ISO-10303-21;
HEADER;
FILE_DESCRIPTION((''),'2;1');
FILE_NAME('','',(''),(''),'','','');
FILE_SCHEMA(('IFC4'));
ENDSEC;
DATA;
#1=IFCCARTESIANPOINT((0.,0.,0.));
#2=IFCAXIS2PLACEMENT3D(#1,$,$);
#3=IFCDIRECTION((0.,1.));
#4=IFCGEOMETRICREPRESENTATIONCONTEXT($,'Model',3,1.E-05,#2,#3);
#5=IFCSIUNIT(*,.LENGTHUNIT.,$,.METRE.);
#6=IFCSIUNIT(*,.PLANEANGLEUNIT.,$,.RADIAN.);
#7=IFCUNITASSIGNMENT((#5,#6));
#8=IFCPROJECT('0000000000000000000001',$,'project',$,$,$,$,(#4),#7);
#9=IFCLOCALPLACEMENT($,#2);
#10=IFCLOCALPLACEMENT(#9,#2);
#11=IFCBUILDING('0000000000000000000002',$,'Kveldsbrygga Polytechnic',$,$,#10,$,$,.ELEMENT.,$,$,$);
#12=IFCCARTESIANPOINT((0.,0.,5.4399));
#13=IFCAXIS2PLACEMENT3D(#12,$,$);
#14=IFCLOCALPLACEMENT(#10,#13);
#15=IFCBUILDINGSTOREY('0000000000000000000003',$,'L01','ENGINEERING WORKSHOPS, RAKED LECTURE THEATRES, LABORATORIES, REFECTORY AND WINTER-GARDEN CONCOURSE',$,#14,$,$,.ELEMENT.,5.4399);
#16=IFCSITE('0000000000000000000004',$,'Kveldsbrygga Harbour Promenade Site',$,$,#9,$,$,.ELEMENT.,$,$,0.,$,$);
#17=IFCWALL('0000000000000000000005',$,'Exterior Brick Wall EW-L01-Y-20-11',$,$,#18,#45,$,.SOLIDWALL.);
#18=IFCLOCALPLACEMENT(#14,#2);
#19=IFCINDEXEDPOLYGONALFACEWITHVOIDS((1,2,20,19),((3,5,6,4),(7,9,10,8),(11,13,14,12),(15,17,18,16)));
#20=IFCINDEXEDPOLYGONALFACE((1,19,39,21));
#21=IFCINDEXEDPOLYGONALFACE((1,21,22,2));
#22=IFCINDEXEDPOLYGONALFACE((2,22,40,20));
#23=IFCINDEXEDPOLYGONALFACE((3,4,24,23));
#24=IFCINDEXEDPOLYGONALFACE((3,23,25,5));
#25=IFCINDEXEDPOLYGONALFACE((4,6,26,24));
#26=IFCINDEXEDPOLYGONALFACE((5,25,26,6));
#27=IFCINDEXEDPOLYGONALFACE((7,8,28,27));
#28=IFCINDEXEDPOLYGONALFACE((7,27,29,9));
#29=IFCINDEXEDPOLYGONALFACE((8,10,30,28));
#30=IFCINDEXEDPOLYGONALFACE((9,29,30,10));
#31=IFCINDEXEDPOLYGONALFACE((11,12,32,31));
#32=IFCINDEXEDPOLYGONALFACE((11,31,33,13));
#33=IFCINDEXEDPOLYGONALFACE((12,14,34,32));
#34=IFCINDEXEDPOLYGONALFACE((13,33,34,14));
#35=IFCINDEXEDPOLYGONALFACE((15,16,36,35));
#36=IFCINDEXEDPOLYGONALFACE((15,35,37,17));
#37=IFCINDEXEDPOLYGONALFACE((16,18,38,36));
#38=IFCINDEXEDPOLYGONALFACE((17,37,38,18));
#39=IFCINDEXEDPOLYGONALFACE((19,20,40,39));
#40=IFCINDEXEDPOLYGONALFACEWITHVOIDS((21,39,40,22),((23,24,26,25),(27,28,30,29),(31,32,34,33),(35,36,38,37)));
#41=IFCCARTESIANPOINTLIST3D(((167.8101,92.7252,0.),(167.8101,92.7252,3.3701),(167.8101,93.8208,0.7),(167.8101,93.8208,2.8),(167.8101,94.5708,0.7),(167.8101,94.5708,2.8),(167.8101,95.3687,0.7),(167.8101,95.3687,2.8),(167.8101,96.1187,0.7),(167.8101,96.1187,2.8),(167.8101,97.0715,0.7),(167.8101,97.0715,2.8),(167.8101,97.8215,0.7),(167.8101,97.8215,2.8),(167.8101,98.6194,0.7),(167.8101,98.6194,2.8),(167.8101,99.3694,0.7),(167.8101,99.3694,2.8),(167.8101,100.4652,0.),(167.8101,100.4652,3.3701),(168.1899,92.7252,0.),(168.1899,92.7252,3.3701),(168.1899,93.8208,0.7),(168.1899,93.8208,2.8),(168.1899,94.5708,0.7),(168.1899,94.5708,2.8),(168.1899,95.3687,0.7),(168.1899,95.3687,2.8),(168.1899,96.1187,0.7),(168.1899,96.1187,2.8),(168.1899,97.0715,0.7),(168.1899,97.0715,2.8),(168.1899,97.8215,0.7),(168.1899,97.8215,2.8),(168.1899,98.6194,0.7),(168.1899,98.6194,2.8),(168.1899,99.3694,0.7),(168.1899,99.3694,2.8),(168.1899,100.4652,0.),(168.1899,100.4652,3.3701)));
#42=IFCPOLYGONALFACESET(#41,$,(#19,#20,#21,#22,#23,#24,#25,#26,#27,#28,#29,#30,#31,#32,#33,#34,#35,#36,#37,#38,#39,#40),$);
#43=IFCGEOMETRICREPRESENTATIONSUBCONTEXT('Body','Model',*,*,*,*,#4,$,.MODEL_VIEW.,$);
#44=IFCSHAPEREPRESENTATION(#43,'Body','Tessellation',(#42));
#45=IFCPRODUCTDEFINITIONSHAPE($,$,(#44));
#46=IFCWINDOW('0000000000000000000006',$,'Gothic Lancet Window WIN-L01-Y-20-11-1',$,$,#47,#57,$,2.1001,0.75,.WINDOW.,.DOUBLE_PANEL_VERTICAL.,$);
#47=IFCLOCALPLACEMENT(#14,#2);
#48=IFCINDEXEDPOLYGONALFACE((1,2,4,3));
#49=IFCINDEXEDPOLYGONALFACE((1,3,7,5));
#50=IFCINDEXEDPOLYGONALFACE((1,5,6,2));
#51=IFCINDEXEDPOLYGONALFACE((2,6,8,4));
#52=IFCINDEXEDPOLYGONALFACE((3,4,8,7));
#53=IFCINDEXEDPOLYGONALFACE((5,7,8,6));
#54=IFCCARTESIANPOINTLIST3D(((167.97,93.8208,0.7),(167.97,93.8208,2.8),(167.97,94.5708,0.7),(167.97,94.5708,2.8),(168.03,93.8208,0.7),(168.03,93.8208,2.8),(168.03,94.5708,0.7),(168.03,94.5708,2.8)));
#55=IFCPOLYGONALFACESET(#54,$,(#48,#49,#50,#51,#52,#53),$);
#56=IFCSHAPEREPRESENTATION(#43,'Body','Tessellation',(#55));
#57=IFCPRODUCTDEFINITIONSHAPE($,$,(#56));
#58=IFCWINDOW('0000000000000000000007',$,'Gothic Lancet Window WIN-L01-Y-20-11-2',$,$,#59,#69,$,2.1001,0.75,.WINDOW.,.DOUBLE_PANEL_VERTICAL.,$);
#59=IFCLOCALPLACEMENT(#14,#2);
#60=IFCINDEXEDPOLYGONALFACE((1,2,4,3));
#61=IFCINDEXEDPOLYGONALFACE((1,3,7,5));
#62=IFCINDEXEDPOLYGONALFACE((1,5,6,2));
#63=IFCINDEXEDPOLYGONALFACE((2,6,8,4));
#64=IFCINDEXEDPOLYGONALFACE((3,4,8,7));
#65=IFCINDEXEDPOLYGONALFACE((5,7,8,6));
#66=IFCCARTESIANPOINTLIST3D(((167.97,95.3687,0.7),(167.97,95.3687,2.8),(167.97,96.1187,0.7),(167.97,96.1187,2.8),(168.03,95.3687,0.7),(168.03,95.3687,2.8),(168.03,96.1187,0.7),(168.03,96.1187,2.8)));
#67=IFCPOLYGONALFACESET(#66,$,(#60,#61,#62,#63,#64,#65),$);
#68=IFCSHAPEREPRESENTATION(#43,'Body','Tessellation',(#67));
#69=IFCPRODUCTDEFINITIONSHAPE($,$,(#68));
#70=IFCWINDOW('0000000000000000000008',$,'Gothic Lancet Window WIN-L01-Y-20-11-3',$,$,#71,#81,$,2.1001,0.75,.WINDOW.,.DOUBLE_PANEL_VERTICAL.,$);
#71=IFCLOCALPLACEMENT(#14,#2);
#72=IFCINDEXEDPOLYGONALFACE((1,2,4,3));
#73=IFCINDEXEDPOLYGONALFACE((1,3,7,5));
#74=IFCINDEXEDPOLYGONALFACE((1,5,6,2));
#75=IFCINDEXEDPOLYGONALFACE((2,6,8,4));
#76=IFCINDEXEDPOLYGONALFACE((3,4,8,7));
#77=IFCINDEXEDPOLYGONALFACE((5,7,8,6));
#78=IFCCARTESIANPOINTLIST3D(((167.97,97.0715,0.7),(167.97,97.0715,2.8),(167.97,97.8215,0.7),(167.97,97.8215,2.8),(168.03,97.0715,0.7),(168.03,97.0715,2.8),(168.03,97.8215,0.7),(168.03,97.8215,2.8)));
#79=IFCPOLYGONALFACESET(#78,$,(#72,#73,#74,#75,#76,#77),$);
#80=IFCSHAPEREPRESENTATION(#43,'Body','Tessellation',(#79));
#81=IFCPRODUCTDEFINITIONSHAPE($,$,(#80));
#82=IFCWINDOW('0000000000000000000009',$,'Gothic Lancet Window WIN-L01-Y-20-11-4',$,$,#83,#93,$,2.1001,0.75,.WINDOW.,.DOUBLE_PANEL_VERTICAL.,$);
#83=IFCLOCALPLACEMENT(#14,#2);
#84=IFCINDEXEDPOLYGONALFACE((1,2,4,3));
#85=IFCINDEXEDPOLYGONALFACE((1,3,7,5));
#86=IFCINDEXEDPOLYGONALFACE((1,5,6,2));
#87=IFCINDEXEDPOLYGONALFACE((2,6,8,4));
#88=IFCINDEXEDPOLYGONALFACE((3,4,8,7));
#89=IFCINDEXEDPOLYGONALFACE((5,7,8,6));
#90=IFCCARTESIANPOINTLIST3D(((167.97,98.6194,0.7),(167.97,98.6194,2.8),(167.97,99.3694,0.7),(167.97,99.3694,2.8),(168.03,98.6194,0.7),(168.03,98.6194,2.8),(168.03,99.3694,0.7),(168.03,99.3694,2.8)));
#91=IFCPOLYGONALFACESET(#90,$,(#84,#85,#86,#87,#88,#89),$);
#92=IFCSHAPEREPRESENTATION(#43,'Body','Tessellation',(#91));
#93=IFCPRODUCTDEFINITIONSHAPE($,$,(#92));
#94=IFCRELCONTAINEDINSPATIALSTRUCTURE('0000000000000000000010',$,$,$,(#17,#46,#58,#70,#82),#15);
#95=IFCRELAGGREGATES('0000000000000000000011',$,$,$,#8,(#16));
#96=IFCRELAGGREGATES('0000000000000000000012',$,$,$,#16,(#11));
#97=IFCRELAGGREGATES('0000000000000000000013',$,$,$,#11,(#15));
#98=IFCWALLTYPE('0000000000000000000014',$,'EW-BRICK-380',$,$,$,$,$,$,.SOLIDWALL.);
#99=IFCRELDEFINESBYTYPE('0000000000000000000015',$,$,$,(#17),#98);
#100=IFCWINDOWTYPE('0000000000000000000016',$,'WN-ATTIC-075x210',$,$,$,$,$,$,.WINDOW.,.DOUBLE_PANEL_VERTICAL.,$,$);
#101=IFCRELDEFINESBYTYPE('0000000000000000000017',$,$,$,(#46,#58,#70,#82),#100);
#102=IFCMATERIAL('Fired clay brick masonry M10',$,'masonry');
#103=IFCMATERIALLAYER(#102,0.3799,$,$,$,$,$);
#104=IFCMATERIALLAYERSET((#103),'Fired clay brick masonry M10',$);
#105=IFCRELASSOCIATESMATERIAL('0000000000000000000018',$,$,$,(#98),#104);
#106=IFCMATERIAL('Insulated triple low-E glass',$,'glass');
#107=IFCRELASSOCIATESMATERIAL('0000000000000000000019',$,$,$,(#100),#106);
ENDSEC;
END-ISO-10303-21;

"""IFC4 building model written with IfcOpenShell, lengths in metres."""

from ifc_helpers import new_model, si_unit, direction, frame, frame_2d, origin, place, context, subcontext, project, spatial, rectangle, extrude, material, layer, layer_set, type_object, element, fill, save


model = new_model("IFC4")

# Units and contexts
model_context = context("Model", 3, precision=1e-05, world=origin(), true_north=direction((0.0, 1.0)))
body_context = subcontext(model_context, "Body", "Model", "MODEL_VIEW")
ifc_project = project(units=[si_unit("LENGTHUNIT", "METRE"), si_unit("PLANEANGLEUNIT", "RADIAN")], contexts=[model_context])

# Site, building, storey
site_placement = place(None, origin())
site = spatial("IfcSite", under=ifc_project, at=site_placement, Name="Kveldsbrygga Harbour Promenade Site", CompositionType="ELEMENT", RefElevation=0.0)
building_placement = place(site_placement, origin())
building = spatial("IfcBuilding", under=site, at=building_placement, Name="Kveldsbrygga Polytechnic", CompositionType="ELEMENT")
storey_placement = place(building_placement, frame((0.0, 0.0, 5.4399)))
storey = spatial("IfcBuildingStorey", under=building, at=storey_placement, Name="L01", Description="ENGINEERING WORKSHOPS, RAKED LECTURE THEATRES, LABORATORIES, REFECTORY AND WINTER-GARDEN CONCOURSE", CompositionType="ELEMENT", Elevation=5.4399)

# Shared definitions
ifc_material_1 = material(Name="Insulated triple low-E glass", Category="glass")

# Wall, openings, windows
ifc_material_2 = material(Name="Fired clay brick masonry M10", Category="masonry")
ifc_layer_1 = layer(ifc_material_2, 0.3799)
ifc_layer_set_1 = layer_set([ifc_layer_1], Name="Fired clay brick masonry M10")
wall_type_1 = type_object("IfcWallType", Name="EW-BRICK-380", PredefinedType="SOLIDWALL", material=ifc_layer_set_1)
wall_1_placement = place(storey_placement, frame((168.0, 92.7251, 0.0), z_axis=(0.0, 0.0, 1.0), x_axis=(0.0, 1.0, 0.0)))
wall_1 = element("IfcWall", 1, at=wall_1_placement, inside=storey, type_object=wall_type_1, Name="Exterior Brick Wall EW-L01-Y-20-11", PredefinedType="SOLIDWALL", context=body_context, shape_type="SweptSolid", body=[
    extrude(rectangle(XDim=7.74, YDim=0.3799, at=frame_2d((3.8701, 0.0))), origin(), (0.0, 0.0, 1.0), 3.3701),
])
opening_1_placement = place(wall_1_placement, frame((1.0957, 0.0, 0.7)))
opening_1 = element("IfcOpeningElement", 2, at=opening_1_placement, cuts=wall_1, PredefinedType="OPENING", context=body_context, shape_type="SweptSolid", body=[
    extrude(rectangle(XDim=0.75, YDim=2.1001, at=frame_2d((0.375, 1.05))), frame((0.0, 0.2, 0.0), z_axis=(0.0, -1.0, 0.0), x_axis=(1.0, 0.0, 0.0)), (0.0, 0.0, 1.0), 0.3999),
])
opening_2_placement = place(wall_1_placement, frame((2.6436, 0.0, 0.7)))
opening_2 = element("IfcOpeningElement", 3, at=opening_2_placement, cuts=wall_1, PredefinedType="OPENING", context=body_context, shape_type="SweptSolid", body=[
    extrude(rectangle(XDim=0.75, YDim=2.1001, at=frame_2d((0.375, 1.05))), frame((0.0, 0.2, 0.0), z_axis=(0.0, -1.0, 0.0), x_axis=(1.0, 0.0, 0.0)), (0.0, 0.0, 1.0), 0.3999),
])
opening_3_placement = place(wall_1_placement, frame((4.3464, 0.0, 0.7)))
opening_3 = element("IfcOpeningElement", 4, at=opening_3_placement, cuts=wall_1, PredefinedType="OPENING", context=body_context, shape_type="SweptSolid", body=[
    extrude(rectangle(XDim=0.75, YDim=2.1001, at=frame_2d((0.375, 1.05))), frame((0.0, 0.2, 0.0), z_axis=(0.0, -1.0, 0.0), x_axis=(1.0, 0.0, 0.0)), (0.0, 0.0, 1.0), 0.3999),
])
opening_4_placement = place(wall_1_placement, frame((5.8943, 0.0, 0.7)))
opening_4 = element("IfcOpeningElement", 5, at=opening_4_placement, cuts=wall_1, PredefinedType="OPENING", context=body_context, shape_type="SweptSolid", body=[
    extrude(rectangle(XDim=0.75, YDim=2.1001, at=frame_2d((0.375, 1.05))), frame((0.0, 0.2, 0.0), z_axis=(0.0, -1.0, 0.0), x_axis=(1.0, 0.0, 0.0)), (0.0, 0.0, 1.0), 0.3999),
])
window_type = type_object("IfcWindowType", Name="WN-ATTIC-075x210", PartitioningType="DOUBLE_PANEL_VERTICAL", PredefinedType="WINDOW", material=ifc_material_1)
window_1_placement = place(opening_1_placement, origin())
window_1 = element("IfcWindow", 6, at=window_1_placement, inside=storey, type_object=window_type, Name="Gothic Lancet Window WIN-L01-Y-20-11-1", OverallHeight=2.1001, OverallWidth=0.75, PartitioningType="DOUBLE_PANEL_VERTICAL", PredefinedType="WINDOW", context=body_context, shape_type="SweptSolid", body=[
    extrude(rectangle(XDim=0.75, YDim=2.1001, at=frame_2d((0.375, 1.05))), frame((0.0, 0.03, 0.0), z_axis=(0.0, -1.0, 0.0), x_axis=(1.0, 0.0, 0.0)), (0.0, 0.0, 1.0), 0.0601),
])
fill(opening_1, window_1)
window_2_placement = place(opening_2_placement, origin())
window_2 = element("IfcWindow", 7, at=window_2_placement, inside=storey, type_object=window_type, Name="Gothic Lancet Window WIN-L01-Y-20-11-2", OverallHeight=2.1001, OverallWidth=0.75, PartitioningType="DOUBLE_PANEL_VERTICAL", PredefinedType="WINDOW", context=body_context, shape_type="SweptSolid", body=[
    extrude(rectangle(XDim=0.75, YDim=2.1001, at=frame_2d((0.375, 1.05))), frame((0.0, 0.03, 0.0), z_axis=(0.0, -1.0, 0.0), x_axis=(1.0, 0.0, 0.0)), (0.0, 0.0, 1.0), 0.0601),
])
fill(opening_2, window_2)
window_3_placement = place(opening_3_placement, origin())
window_3 = element("IfcWindow", 8, at=window_3_placement, inside=storey, type_object=window_type, Name="Gothic Lancet Window WIN-L01-Y-20-11-3", OverallHeight=2.1001, OverallWidth=0.75, PartitioningType="DOUBLE_PANEL_VERTICAL", PredefinedType="WINDOW", context=body_context, shape_type="SweptSolid", body=[
    extrude(rectangle(XDim=0.75, YDim=2.1001, at=frame_2d((0.375, 1.05))), frame((0.0, 0.03, 0.0), z_axis=(0.0, -1.0, 0.0), x_axis=(1.0, 0.0, 0.0)), (0.0, 0.0, 1.0), 0.0601),
])
fill(opening_3, window_3)
window_4_placement = place(opening_4_placement, origin())
window_4 = element("IfcWindow", 9, at=window_4_placement, inside=storey, type_object=window_type, Name="Gothic Lancet Window WIN-L01-Y-20-11-4", OverallHeight=2.1001, OverallWidth=0.75, PartitioningType="DOUBLE_PANEL_VERTICAL", PredefinedType="WINDOW", context=body_context, shape_type="SweptSolid", body=[
    extrude(rectangle(XDim=0.75, YDim=2.1001, at=frame_2d((0.375, 1.05))), frame((0.0, 0.03, 0.0), z_axis=(0.0, -1.0, 0.0), x_axis=(1.0, 0.0, 0.0)), (0.0, 0.0, 1.0), 0.0601),
])
fill(opening_4, window_4)

save(model, "model.ifc")
